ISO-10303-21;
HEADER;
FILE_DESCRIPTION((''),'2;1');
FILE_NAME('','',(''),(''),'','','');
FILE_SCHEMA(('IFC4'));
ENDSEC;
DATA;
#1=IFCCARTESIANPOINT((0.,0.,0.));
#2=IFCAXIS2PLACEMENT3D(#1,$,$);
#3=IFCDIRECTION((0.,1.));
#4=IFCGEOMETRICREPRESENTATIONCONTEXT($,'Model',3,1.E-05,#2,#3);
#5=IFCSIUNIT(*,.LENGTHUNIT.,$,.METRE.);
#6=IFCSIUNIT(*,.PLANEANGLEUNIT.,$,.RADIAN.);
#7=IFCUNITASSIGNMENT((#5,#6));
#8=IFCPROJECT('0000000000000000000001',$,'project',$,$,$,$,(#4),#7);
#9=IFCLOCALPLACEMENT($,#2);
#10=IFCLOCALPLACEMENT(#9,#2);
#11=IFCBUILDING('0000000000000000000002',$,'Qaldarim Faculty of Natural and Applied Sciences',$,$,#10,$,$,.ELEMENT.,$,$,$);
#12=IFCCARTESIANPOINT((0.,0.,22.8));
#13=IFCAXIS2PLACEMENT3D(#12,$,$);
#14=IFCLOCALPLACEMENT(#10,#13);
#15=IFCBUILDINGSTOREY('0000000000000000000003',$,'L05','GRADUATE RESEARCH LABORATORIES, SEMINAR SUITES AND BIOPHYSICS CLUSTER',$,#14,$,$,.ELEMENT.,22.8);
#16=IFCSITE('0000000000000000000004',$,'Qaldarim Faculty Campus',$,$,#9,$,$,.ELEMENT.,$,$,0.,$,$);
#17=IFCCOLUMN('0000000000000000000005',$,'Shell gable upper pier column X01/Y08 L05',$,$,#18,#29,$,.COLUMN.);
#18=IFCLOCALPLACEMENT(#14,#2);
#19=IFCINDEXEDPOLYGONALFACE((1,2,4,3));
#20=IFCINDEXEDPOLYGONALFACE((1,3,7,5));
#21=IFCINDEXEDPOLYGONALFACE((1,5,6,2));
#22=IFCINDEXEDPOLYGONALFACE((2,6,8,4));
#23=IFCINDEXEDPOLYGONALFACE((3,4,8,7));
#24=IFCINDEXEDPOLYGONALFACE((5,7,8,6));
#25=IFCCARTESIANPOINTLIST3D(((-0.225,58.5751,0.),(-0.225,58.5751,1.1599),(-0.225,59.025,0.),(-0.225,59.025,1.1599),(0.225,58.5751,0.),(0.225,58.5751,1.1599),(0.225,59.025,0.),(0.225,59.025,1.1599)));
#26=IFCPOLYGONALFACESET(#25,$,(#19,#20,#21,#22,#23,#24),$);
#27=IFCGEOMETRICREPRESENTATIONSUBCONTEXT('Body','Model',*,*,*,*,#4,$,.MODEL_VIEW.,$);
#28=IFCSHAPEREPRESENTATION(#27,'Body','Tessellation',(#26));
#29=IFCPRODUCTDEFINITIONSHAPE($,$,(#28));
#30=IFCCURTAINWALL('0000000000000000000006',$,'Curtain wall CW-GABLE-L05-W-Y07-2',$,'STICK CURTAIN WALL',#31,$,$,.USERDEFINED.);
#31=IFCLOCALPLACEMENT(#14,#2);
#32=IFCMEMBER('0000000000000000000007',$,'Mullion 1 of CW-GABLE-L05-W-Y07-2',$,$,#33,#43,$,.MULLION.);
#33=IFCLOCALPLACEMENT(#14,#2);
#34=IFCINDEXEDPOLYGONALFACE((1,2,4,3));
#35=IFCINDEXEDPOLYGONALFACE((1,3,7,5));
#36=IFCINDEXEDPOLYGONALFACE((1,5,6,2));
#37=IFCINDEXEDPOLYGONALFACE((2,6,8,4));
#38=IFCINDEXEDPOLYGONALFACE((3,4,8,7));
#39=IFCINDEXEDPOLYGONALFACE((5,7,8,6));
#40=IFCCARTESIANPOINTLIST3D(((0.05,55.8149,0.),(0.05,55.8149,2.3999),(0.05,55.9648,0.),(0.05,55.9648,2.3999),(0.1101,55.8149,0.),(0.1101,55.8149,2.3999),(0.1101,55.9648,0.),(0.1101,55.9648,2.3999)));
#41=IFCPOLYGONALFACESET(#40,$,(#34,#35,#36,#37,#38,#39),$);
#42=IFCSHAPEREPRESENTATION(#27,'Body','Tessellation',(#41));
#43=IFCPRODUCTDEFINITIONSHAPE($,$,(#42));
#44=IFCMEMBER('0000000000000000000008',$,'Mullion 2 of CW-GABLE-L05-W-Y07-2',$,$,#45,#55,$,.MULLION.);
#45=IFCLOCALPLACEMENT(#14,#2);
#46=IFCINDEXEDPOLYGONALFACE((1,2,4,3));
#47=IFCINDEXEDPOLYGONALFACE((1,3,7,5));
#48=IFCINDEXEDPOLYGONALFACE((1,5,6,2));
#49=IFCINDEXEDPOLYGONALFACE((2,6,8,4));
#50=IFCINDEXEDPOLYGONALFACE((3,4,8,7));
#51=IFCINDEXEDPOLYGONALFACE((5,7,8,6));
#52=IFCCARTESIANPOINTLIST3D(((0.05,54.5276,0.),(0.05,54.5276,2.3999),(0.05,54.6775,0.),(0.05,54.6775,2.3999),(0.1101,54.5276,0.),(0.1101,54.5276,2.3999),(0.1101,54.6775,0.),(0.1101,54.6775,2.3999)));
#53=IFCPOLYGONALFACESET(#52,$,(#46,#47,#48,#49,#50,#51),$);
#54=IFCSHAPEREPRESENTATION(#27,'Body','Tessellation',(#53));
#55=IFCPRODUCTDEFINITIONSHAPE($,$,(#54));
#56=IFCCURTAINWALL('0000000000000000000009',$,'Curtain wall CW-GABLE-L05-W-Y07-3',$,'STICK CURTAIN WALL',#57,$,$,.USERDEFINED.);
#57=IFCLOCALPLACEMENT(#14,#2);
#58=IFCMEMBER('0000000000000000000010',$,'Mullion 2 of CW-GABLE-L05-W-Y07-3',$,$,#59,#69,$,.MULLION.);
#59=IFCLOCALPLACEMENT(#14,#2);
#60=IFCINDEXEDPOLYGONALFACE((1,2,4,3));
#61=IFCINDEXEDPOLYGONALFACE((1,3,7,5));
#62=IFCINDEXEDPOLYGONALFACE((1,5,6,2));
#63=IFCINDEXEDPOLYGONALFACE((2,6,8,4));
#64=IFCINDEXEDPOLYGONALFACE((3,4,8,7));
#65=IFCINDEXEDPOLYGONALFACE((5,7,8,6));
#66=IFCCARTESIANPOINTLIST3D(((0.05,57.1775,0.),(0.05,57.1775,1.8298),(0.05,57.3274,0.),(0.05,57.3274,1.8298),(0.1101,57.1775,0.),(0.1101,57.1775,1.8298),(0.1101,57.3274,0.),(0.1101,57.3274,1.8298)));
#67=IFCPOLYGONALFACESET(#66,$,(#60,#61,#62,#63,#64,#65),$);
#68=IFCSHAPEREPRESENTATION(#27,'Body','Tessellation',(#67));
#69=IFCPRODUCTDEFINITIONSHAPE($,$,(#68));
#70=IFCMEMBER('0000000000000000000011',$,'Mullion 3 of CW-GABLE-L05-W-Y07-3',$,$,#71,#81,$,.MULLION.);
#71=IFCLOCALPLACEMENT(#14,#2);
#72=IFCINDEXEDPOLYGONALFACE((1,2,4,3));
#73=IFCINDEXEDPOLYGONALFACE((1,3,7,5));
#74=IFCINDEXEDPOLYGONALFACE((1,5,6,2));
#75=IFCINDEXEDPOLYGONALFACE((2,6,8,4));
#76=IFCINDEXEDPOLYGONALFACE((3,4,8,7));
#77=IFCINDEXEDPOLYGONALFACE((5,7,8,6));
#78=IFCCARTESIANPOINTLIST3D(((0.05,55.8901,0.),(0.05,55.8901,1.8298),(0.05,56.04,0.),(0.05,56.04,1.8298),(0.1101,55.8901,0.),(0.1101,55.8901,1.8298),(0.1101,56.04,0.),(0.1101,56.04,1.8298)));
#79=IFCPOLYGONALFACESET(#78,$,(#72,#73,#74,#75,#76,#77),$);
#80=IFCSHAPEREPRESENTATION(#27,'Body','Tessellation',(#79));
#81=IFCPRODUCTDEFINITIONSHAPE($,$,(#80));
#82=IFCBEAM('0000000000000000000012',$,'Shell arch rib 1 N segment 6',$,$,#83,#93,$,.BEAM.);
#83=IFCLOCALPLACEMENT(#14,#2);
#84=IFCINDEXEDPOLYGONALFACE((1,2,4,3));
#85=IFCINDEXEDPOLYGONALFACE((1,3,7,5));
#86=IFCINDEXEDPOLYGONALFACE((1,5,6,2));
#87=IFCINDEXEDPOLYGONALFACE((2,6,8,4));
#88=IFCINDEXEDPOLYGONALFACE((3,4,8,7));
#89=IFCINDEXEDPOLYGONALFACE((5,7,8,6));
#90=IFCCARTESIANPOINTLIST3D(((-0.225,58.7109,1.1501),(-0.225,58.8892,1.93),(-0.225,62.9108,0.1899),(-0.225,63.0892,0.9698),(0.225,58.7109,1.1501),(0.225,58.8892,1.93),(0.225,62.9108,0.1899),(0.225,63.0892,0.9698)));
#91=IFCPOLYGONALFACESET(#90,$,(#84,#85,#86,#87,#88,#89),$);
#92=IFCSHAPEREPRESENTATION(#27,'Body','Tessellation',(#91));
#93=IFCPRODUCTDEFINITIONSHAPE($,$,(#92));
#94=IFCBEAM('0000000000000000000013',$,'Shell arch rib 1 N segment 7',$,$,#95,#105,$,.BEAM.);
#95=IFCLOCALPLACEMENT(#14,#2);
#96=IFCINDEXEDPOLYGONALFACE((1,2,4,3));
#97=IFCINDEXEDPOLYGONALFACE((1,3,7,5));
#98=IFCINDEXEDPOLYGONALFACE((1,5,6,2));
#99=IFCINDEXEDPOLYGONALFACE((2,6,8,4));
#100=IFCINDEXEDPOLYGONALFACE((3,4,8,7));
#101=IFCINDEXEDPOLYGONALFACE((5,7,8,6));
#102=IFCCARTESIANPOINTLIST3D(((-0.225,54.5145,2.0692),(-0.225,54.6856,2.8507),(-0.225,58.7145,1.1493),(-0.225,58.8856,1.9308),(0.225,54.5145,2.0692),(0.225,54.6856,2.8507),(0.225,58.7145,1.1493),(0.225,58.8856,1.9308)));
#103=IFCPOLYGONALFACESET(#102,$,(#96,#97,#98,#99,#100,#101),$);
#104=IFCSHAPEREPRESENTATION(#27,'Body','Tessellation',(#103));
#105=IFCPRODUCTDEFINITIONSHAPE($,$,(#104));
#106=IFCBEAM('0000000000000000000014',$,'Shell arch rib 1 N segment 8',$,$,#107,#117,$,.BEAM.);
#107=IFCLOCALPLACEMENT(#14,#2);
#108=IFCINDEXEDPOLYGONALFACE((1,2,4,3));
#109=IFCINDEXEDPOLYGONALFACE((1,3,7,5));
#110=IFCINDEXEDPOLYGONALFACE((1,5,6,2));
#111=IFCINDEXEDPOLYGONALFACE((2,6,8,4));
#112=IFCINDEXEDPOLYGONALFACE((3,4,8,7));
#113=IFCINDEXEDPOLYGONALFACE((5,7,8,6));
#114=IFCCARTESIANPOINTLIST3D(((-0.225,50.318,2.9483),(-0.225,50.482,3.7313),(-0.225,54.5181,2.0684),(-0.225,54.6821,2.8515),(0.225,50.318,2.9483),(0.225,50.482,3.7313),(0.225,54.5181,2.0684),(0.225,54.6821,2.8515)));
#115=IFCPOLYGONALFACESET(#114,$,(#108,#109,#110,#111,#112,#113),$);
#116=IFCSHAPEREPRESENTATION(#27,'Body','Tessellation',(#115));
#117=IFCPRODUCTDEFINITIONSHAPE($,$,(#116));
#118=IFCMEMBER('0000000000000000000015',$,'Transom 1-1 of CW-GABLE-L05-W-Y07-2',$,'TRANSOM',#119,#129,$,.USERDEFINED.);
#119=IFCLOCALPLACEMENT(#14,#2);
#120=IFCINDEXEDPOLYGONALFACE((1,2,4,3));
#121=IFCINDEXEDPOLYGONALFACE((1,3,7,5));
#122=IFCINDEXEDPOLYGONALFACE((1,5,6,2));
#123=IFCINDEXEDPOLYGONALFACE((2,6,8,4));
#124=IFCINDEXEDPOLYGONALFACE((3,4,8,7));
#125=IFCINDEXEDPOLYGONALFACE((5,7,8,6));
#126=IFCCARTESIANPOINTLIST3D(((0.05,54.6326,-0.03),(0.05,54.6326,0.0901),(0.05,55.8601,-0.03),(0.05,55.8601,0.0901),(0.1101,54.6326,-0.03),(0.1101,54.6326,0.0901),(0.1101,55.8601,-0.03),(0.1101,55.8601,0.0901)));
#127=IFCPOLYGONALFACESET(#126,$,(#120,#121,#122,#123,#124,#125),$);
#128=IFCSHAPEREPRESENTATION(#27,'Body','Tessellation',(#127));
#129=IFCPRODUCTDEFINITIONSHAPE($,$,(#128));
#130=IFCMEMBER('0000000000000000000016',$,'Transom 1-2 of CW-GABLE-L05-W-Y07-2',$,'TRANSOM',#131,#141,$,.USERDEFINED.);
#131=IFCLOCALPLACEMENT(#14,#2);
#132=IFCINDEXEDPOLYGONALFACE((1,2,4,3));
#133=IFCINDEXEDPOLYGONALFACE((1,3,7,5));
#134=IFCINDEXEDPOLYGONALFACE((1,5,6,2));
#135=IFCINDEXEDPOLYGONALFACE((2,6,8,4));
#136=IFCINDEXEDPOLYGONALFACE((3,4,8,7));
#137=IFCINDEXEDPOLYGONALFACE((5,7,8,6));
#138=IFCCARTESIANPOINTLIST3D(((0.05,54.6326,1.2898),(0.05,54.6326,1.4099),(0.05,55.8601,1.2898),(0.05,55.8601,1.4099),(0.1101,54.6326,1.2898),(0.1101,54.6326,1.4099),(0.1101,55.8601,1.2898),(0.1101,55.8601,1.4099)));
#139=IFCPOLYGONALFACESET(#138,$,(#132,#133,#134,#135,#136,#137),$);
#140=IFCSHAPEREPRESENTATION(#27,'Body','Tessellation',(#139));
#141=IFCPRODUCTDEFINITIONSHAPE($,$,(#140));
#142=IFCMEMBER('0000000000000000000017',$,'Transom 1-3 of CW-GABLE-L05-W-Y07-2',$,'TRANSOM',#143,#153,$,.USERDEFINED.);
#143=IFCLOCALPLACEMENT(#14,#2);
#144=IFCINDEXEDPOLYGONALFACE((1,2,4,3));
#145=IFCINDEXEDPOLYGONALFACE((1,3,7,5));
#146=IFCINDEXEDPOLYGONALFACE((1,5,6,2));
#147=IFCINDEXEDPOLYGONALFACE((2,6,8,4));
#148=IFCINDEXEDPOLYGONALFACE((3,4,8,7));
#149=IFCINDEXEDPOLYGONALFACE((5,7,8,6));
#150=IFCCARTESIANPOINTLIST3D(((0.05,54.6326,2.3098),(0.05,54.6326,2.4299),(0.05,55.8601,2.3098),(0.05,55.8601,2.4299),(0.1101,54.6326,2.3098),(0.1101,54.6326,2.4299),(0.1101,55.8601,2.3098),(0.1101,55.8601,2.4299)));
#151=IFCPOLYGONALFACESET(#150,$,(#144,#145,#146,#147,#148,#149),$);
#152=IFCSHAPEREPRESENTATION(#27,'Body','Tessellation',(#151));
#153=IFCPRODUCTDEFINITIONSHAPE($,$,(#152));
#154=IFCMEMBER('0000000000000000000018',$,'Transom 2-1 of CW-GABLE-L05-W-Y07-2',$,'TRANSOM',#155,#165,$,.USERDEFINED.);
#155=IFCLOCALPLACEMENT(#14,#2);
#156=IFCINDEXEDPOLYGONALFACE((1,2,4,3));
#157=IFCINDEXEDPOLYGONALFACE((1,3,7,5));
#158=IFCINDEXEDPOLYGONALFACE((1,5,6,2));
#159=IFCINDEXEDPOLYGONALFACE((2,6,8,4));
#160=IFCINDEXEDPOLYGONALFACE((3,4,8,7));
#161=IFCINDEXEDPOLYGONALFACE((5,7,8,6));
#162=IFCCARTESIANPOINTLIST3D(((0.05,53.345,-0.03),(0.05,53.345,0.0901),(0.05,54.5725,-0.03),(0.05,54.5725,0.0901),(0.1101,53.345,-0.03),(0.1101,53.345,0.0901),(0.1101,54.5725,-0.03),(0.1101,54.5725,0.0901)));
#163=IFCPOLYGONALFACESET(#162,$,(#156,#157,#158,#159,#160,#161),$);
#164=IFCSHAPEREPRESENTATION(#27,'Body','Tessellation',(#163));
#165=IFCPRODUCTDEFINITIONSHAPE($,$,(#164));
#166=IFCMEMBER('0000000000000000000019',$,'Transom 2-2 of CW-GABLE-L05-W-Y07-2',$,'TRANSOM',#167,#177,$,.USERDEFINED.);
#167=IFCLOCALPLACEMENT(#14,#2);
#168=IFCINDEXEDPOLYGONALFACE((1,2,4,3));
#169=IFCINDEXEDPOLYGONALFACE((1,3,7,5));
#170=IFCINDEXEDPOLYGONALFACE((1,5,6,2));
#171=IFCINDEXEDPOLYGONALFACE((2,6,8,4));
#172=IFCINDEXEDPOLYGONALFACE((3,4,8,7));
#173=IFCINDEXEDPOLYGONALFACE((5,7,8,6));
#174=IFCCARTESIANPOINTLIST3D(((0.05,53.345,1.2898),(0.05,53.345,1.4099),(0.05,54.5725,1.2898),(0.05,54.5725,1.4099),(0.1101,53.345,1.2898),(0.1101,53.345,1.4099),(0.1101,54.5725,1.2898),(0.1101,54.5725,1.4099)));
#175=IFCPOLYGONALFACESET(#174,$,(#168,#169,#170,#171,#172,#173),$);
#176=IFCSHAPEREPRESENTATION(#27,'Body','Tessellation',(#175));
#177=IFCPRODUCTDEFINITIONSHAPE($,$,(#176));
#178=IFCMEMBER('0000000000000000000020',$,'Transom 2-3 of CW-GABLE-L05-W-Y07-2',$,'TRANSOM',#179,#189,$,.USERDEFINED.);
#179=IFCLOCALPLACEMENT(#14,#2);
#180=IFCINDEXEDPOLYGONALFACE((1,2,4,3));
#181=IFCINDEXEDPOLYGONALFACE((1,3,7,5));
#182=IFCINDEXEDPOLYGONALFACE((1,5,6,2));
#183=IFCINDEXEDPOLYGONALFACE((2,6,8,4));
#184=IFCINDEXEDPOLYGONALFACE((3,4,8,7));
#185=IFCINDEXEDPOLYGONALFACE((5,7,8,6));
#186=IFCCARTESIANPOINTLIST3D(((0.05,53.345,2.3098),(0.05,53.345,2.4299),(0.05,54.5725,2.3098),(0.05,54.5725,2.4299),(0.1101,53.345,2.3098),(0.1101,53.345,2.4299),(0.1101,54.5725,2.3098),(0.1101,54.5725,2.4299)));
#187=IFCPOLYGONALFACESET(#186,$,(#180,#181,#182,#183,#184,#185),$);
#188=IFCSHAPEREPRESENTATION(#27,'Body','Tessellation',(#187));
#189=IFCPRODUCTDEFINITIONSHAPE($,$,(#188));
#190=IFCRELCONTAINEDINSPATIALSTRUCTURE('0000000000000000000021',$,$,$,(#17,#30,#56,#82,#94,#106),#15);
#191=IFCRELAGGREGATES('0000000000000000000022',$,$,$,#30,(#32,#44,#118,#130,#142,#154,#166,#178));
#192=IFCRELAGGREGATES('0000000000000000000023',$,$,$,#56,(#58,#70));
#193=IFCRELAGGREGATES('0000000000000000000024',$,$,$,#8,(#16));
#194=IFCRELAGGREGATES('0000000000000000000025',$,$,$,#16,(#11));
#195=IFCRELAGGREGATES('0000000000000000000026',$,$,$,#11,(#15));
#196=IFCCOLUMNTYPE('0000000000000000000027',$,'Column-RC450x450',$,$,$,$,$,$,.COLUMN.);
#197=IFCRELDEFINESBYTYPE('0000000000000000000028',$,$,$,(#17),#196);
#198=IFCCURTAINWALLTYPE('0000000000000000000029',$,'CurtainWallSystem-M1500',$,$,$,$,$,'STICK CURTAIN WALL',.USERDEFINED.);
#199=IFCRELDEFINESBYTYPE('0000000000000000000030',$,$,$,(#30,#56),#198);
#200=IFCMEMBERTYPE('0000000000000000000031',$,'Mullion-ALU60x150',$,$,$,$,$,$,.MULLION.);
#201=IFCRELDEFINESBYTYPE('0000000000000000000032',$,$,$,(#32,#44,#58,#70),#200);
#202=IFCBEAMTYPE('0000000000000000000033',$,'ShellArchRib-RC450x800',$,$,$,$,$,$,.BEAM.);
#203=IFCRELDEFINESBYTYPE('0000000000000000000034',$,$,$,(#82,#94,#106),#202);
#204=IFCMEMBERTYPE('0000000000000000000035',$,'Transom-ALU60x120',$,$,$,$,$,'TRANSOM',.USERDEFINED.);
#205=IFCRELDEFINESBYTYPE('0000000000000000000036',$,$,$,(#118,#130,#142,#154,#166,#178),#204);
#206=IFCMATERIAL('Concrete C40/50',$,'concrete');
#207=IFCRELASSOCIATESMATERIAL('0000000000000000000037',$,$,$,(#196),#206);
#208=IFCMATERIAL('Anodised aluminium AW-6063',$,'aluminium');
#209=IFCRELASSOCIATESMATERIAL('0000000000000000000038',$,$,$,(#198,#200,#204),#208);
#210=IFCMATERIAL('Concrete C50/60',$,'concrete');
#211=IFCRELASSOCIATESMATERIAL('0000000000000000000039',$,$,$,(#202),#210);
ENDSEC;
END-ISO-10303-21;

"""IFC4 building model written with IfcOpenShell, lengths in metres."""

from ifc_helpers import new_model, si_unit, direction, frame, origin, origin_2d, place, context, subcontext, project, spatial, rectangle, extrude, material, material_profile, profile_set, type_object, element, aggregate, save


model = new_model("IFC4")

# Units and contexts
model_context = context("Model", 3, precision=1e-05, world=origin(), true_north=direction((0.0, 1.0)))
body_context = subcontext(model_context, "Body", "Model", "MODEL_VIEW")
ifc_project = project(units=[si_unit("LENGTHUNIT", "METRE"), si_unit("PLANEANGLEUNIT", "RADIAN")], contexts=[model_context])

# Site, building, storey
site_placement = place(None, origin())
site = spatial("IfcSite", under=ifc_project, at=site_placement, Name="Qaldarim Faculty Campus", CompositionType="ELEMENT", RefElevation=0.0)
building_placement = place(site_placement, origin())
building = spatial("IfcBuilding", under=site, at=building_placement, Name="Qaldarim Faculty of Natural and Applied Sciences", CompositionType="ELEMENT")
storey_placement = place(building_placement, frame((0.0, 0.0, 22.8)))
storey = spatial("IfcBuildingStorey", under=building, at=storey_placement, Name="L05", Description="GRADUATE RESEARCH LABORATORIES, SEMINAR SUITES AND BIOPHYSICS CLUSTER", CompositionType="ELEMENT", Elevation=22.8)

# Column
ifc_material_1 = material(Name="Concrete C40/50", Category="concrete")
ifc_material_profile_1 = material_profile(ifc_material_1, rectangle(XDim=0.45, YDim=0.45, at=origin_2d()), Name="RC-C450x450")
ifc_profile_set_1 = profile_set([ifc_material_profile_1], Name="Concrete C40/50")
column_type = type_object("IfcColumnType", Name="Column-RC450x450", PredefinedType="COLUMN", material=ifc_profile_set_1)
column_placement = place(storey_placement, frame((0.0, 58.8, 0.0), z_axis=(0.0, 0.0, 1.0), x_axis=(1.0, 0.0, 0.0)))
element("IfcColumn", 1, at=column_placement, inside=storey, type_object=column_type, Name="Shell gable upper pier column X01/Y08 L05", PredefinedType="COLUMN", context=body_context, shape_type="SweptSolid", body=[
    extrude(rectangle(XDim=0.45, YDim=0.45, at=origin_2d()), origin(), (0.0, 0.0, 1.0), 1.1599),
])

# Curtain walls, members
ifc_material_2 = material(Name="Anodised aluminium AW-6063", Category="aluminium")
curtain_wall_type = type_object("IfcCurtainWallType", Name="CurtainWallSystem-M1500", ElementType="STICK CURTAIN WALL", PredefinedType="USERDEFINED", material=ifc_material_2)
curtain_wall_1_placement = place(storey_placement, origin())
curtain_wall_1 = element("IfcCurtainWall", 2, at=curtain_wall_1_placement, inside=storey, type_object=curtain_wall_type, Name="Curtain wall CW-GABLE-L05-W-Y07-2", ObjectType="STICK CURTAIN WALL", PredefinedType="USERDEFINED")
ifc_material_profile_2 = material_profile(ifc_material_2, rectangle(XDim=0.0601, YDim=0.1499, at=origin_2d()), Name="ALU-M60x150")
ifc_profile_set_2 = profile_set([ifc_material_profile_2], Name="Anodised aluminium AW-6063")
member_type_1 = type_object("IfcMemberType", Name="Mullion-ALU60x150", PredefinedType="MULLION", material=ifc_profile_set_2)
member_1_placement = place(storey_placement, frame((0.0801, 55.8899, 0.0), z_axis=(0.0, 0.0, 1.0), x_axis=(1.0, 0.0, 0.0)))
member_1 = element("IfcMember", 3, at=member_1_placement, type_object=member_type_1, Name="Mullion 1 of CW-GABLE-L05-W-Y07-2", PredefinedType="MULLION", context=body_context, shape_type="SweptSolid", body=[
    extrude(rectangle(XDim=0.0601, YDim=0.1499, at=origin_2d()), origin(), (0.0, 0.0, 1.0), 2.3999),
])
member_2_placement = place(storey_placement, frame((0.0801, 54.6025, 0.0), z_axis=(0.0, 0.0, 1.0), x_axis=(1.0, 0.0, 0.0)))
member_2 = element("IfcMember", 4, at=member_2_placement, type_object=member_type_1, Name="Mullion 2 of CW-GABLE-L05-W-Y07-2", PredefinedType="MULLION", context=body_context, shape_type="SweptSolid", body=[
    extrude(rectangle(XDim=0.0601, YDim=0.1499, at=origin_2d()), origin(), (0.0, 0.0, 1.0), 2.3999),
])
curtain_wall_2_placement = place(storey_placement, origin())
curtain_wall_2 = element("IfcCurtainWall", 5, at=curtain_wall_2_placement, inside=storey, type_object=curtain_wall_type, Name="Curtain wall CW-GABLE-L05-W-Y07-3", ObjectType="STICK CURTAIN WALL", PredefinedType="USERDEFINED")
member_3_placement = place(storey_placement, frame((0.0801, 57.2524, 0.0), z_axis=(0.0, 0.0, 1.0), x_axis=(1.0, 0.0, 0.0)))
member_3 = element("IfcMember", 6, at=member_3_placement, type_object=member_type_1, Name="Mullion 2 of CW-GABLE-L05-W-Y07-3", PredefinedType="MULLION", context=body_context, shape_type="SweptSolid", body=[
    extrude(rectangle(XDim=0.0601, YDim=0.1499, at=origin_2d()), origin(), (0.0, 0.0, 1.0), 1.8298),
])
member_4_placement = place(storey_placement, frame((0.0801, 55.9651, 0.0), z_axis=(0.0, 0.0, 1.0), x_axis=(1.0, 0.0, 0.0)))
member_4 = element("IfcMember", 7, at=member_4_placement, type_object=member_type_1, Name="Mullion 3 of CW-GABLE-L05-W-Y07-3", PredefinedType="MULLION", context=body_context, shape_type="SweptSolid", body=[
    extrude(rectangle(XDim=0.0601, YDim=0.1499, at=origin_2d()), origin(), (0.0, 0.0, 1.0), 1.8298),
])

# Beams
ifc_material_3 = material(Name="Concrete C50/60", Category="concrete")
ifc_material_profile_3 = material_profile(ifc_material_3, rectangle(XDim=0.45, YDim=0.8, at=origin_2d()), Name="RC-RIB450x800")
ifc_profile_set_3 = profile_set([ifc_material_profile_3], Name="Concrete C50/60")
beam_type = type_object("IfcBeamType", Name="ShellArchRib-RC450x800", PredefinedType="BEAM", material=ifc_profile_set_3)
beam_1_placement = place(storey_placement, frame((0.0, 63.0, 0.5798), z_axis=(0.0, -0.974848, 0.222873), x_axis=(1.0, 0.0, 0.0)))
element("IfcBeam", 8, at=beam_1_placement, inside=storey, type_object=beam_type, Name="Shell arch rib 1 N segment 6", PredefinedType="BEAM", context=body_context, shape_type="SweptSolid", body=[
    extrude(rectangle(XDim=0.45, YDim=0.8, at=origin_2d()), origin(), (0.0, 0.0, 1.0), 4.3083),
])
beam_2_placement = place(storey_placement, frame((0.0, 58.8, 1.54), z_axis=(0.0, -0.976843, 0.213959), x_axis=(1.0, 0.0, 0.0)))
element("IfcBeam", 9, at=beam_2_placement, inside=storey, type_object=beam_type, Name="Shell arch rib 1 N segment 7", PredefinedType="BEAM", context=body_context, shape_type="SweptSolid", body=[
    extrude(rectangle(XDim=0.45, YDim=0.8, at=origin_2d()), origin(), (0.0, 0.0, 1.0), 4.2996),
])
beam_3_placement = place(storey_placement, frame((0.0, 54.6001, 2.46), z_axis=(0.0, -0.978755, 0.205036), x_axis=(1.0, 0.0, 0.0)))
element("IfcBeam", 10, at=beam_3_placement, inside=storey, type_object=beam_type, Name="Shell arch rib 1 N segment 8", PredefinedType="BEAM", context=body_context, shape_type="SweptSolid", body=[
    extrude(rectangle(XDim=0.45, YDim=0.8, at=origin_2d()), origin(), (0.0, 0.0, 1.0), 4.2913),
])

# Members
ifc_material_profile_4 = material_profile(ifc_material_2, rectangle(XDim=0.0601, YDim=0.1201, at=origin_2d()), Name="ALU-T60x120")
ifc_profile_set_4 = profile_set([ifc_material_profile_4], Name="Anodised aluminium AW-6063")
member_type_2 = type_object("IfcMemberType", Name="Transom-ALU60x120", ElementType="TRANSOM", PredefinedType="USERDEFINED", material=ifc_profile_set_4)
member_5_placement = place(storey_placement, frame((0.0801, 55.8601, 0.03), z_axis=(0.0, -1.0, 0.0), x_axis=(1.0, 0.0, 0.0)))
member_5 = element("IfcMember", 11, at=member_5_placement, type_object=member_type_2, Name="Transom 1-1 of CW-GABLE-L05-W-Y07-2", ObjectType="TRANSOM", PredefinedType="USERDEFINED", context=body_context, shape_type="SweptSolid", body=[
    extrude(rectangle(XDim=0.0601, YDim=0.1201, at=origin_2d()), origin(), (0.0, 0.0, 1.0), 1.2275),
])
member_6_placement = place(storey_placement, frame((0.0801, 55.8601, 1.3499), z_axis=(0.0, -1.0, 0.0), x_axis=(1.0, 0.0, 0.0)))
member_6 = element("IfcMember", 12, at=member_6_placement, type_object=member_type_2, Name="Transom 1-2 of CW-GABLE-L05-W-Y07-2", ObjectType="TRANSOM", PredefinedType="USERDEFINED", context=body_context, shape_type="SweptSolid", body=[
    extrude(rectangle(XDim=0.0601, YDim=0.1201, at=origin_2d()), origin(), (0.0, 0.0, 1.0), 1.2275),
])
member_7_placement = place(storey_placement, frame((0.0801, 55.8601, 2.3699), z_axis=(0.0, -1.0, 0.0), x_axis=(1.0, 0.0, 0.0)))
member_7 = element("IfcMember", 13, at=member_7_placement, type_object=member_type_2, Name="Transom 1-3 of CW-GABLE-L05-W-Y07-2", ObjectType="TRANSOM", PredefinedType="USERDEFINED", context=body_context, shape_type="SweptSolid", body=[
    extrude(rectangle(XDim=0.0601, YDim=0.1201, at=origin_2d()), origin(), (0.0, 0.0, 1.0), 1.2275),
])
member_8_placement = place(storey_placement, frame((0.0801, 54.5725, 0.03), z_axis=(0.0, -1.0, 0.0), x_axis=(1.0, 0.0, 0.0)))
member_8 = element("IfcMember", 14, at=member_8_placement, type_object=member_type_2, Name="Transom 2-1 of CW-GABLE-L05-W-Y07-2", ObjectType="TRANSOM", PredefinedType="USERDEFINED", context=body_context, shape_type="SweptSolid", body=[
    extrude(rectangle(XDim=0.0601, YDim=0.1201, at=origin_2d()), origin(), (0.0, 0.0, 1.0), 1.2275),
])
member_9_placement = place(storey_placement, frame((0.0801, 54.5725, 1.3499), z_axis=(0.0, -1.0, 0.0), x_axis=(1.0, 0.0, 0.0)))
member_9 = element("IfcMember", 15, at=member_9_placement, type_object=member_type_2, Name="Transom 2-2 of CW-GABLE-L05-W-Y07-2", ObjectType="TRANSOM", PredefinedType="USERDEFINED", context=body_context, shape_type="SweptSolid", body=[
    extrude(rectangle(XDim=0.0601, YDim=0.1201, at=origin_2d()), origin(), (0.0, 0.0, 1.0), 1.2275),
])
member_10_placement = place(storey_placement, frame((0.0801, 54.5725, 2.3699), z_axis=(0.0, -1.0, 0.0), x_axis=(1.0, 0.0, 0.0)))
member_10 = element("IfcMember", 16, at=member_10_placement, type_object=member_type_2, Name="Transom 2-3 of CW-GABLE-L05-W-Y07-2", ObjectType="TRANSOM", PredefinedType="USERDEFINED", context=body_context, shape_type="SweptSolid", body=[
    extrude(rectangle(XDim=0.0601, YDim=0.1201, at=origin_2d()), origin(), (0.0, 0.0, 1.0), 1.2275),
])

aggregate(curtain_wall_1, [member_1, member_2, member_5, member_6, member_7, member_8, member_9, member_10])
aggregate(curtain_wall_2, [member_3, member_4])

save(model, "model.ifc")
